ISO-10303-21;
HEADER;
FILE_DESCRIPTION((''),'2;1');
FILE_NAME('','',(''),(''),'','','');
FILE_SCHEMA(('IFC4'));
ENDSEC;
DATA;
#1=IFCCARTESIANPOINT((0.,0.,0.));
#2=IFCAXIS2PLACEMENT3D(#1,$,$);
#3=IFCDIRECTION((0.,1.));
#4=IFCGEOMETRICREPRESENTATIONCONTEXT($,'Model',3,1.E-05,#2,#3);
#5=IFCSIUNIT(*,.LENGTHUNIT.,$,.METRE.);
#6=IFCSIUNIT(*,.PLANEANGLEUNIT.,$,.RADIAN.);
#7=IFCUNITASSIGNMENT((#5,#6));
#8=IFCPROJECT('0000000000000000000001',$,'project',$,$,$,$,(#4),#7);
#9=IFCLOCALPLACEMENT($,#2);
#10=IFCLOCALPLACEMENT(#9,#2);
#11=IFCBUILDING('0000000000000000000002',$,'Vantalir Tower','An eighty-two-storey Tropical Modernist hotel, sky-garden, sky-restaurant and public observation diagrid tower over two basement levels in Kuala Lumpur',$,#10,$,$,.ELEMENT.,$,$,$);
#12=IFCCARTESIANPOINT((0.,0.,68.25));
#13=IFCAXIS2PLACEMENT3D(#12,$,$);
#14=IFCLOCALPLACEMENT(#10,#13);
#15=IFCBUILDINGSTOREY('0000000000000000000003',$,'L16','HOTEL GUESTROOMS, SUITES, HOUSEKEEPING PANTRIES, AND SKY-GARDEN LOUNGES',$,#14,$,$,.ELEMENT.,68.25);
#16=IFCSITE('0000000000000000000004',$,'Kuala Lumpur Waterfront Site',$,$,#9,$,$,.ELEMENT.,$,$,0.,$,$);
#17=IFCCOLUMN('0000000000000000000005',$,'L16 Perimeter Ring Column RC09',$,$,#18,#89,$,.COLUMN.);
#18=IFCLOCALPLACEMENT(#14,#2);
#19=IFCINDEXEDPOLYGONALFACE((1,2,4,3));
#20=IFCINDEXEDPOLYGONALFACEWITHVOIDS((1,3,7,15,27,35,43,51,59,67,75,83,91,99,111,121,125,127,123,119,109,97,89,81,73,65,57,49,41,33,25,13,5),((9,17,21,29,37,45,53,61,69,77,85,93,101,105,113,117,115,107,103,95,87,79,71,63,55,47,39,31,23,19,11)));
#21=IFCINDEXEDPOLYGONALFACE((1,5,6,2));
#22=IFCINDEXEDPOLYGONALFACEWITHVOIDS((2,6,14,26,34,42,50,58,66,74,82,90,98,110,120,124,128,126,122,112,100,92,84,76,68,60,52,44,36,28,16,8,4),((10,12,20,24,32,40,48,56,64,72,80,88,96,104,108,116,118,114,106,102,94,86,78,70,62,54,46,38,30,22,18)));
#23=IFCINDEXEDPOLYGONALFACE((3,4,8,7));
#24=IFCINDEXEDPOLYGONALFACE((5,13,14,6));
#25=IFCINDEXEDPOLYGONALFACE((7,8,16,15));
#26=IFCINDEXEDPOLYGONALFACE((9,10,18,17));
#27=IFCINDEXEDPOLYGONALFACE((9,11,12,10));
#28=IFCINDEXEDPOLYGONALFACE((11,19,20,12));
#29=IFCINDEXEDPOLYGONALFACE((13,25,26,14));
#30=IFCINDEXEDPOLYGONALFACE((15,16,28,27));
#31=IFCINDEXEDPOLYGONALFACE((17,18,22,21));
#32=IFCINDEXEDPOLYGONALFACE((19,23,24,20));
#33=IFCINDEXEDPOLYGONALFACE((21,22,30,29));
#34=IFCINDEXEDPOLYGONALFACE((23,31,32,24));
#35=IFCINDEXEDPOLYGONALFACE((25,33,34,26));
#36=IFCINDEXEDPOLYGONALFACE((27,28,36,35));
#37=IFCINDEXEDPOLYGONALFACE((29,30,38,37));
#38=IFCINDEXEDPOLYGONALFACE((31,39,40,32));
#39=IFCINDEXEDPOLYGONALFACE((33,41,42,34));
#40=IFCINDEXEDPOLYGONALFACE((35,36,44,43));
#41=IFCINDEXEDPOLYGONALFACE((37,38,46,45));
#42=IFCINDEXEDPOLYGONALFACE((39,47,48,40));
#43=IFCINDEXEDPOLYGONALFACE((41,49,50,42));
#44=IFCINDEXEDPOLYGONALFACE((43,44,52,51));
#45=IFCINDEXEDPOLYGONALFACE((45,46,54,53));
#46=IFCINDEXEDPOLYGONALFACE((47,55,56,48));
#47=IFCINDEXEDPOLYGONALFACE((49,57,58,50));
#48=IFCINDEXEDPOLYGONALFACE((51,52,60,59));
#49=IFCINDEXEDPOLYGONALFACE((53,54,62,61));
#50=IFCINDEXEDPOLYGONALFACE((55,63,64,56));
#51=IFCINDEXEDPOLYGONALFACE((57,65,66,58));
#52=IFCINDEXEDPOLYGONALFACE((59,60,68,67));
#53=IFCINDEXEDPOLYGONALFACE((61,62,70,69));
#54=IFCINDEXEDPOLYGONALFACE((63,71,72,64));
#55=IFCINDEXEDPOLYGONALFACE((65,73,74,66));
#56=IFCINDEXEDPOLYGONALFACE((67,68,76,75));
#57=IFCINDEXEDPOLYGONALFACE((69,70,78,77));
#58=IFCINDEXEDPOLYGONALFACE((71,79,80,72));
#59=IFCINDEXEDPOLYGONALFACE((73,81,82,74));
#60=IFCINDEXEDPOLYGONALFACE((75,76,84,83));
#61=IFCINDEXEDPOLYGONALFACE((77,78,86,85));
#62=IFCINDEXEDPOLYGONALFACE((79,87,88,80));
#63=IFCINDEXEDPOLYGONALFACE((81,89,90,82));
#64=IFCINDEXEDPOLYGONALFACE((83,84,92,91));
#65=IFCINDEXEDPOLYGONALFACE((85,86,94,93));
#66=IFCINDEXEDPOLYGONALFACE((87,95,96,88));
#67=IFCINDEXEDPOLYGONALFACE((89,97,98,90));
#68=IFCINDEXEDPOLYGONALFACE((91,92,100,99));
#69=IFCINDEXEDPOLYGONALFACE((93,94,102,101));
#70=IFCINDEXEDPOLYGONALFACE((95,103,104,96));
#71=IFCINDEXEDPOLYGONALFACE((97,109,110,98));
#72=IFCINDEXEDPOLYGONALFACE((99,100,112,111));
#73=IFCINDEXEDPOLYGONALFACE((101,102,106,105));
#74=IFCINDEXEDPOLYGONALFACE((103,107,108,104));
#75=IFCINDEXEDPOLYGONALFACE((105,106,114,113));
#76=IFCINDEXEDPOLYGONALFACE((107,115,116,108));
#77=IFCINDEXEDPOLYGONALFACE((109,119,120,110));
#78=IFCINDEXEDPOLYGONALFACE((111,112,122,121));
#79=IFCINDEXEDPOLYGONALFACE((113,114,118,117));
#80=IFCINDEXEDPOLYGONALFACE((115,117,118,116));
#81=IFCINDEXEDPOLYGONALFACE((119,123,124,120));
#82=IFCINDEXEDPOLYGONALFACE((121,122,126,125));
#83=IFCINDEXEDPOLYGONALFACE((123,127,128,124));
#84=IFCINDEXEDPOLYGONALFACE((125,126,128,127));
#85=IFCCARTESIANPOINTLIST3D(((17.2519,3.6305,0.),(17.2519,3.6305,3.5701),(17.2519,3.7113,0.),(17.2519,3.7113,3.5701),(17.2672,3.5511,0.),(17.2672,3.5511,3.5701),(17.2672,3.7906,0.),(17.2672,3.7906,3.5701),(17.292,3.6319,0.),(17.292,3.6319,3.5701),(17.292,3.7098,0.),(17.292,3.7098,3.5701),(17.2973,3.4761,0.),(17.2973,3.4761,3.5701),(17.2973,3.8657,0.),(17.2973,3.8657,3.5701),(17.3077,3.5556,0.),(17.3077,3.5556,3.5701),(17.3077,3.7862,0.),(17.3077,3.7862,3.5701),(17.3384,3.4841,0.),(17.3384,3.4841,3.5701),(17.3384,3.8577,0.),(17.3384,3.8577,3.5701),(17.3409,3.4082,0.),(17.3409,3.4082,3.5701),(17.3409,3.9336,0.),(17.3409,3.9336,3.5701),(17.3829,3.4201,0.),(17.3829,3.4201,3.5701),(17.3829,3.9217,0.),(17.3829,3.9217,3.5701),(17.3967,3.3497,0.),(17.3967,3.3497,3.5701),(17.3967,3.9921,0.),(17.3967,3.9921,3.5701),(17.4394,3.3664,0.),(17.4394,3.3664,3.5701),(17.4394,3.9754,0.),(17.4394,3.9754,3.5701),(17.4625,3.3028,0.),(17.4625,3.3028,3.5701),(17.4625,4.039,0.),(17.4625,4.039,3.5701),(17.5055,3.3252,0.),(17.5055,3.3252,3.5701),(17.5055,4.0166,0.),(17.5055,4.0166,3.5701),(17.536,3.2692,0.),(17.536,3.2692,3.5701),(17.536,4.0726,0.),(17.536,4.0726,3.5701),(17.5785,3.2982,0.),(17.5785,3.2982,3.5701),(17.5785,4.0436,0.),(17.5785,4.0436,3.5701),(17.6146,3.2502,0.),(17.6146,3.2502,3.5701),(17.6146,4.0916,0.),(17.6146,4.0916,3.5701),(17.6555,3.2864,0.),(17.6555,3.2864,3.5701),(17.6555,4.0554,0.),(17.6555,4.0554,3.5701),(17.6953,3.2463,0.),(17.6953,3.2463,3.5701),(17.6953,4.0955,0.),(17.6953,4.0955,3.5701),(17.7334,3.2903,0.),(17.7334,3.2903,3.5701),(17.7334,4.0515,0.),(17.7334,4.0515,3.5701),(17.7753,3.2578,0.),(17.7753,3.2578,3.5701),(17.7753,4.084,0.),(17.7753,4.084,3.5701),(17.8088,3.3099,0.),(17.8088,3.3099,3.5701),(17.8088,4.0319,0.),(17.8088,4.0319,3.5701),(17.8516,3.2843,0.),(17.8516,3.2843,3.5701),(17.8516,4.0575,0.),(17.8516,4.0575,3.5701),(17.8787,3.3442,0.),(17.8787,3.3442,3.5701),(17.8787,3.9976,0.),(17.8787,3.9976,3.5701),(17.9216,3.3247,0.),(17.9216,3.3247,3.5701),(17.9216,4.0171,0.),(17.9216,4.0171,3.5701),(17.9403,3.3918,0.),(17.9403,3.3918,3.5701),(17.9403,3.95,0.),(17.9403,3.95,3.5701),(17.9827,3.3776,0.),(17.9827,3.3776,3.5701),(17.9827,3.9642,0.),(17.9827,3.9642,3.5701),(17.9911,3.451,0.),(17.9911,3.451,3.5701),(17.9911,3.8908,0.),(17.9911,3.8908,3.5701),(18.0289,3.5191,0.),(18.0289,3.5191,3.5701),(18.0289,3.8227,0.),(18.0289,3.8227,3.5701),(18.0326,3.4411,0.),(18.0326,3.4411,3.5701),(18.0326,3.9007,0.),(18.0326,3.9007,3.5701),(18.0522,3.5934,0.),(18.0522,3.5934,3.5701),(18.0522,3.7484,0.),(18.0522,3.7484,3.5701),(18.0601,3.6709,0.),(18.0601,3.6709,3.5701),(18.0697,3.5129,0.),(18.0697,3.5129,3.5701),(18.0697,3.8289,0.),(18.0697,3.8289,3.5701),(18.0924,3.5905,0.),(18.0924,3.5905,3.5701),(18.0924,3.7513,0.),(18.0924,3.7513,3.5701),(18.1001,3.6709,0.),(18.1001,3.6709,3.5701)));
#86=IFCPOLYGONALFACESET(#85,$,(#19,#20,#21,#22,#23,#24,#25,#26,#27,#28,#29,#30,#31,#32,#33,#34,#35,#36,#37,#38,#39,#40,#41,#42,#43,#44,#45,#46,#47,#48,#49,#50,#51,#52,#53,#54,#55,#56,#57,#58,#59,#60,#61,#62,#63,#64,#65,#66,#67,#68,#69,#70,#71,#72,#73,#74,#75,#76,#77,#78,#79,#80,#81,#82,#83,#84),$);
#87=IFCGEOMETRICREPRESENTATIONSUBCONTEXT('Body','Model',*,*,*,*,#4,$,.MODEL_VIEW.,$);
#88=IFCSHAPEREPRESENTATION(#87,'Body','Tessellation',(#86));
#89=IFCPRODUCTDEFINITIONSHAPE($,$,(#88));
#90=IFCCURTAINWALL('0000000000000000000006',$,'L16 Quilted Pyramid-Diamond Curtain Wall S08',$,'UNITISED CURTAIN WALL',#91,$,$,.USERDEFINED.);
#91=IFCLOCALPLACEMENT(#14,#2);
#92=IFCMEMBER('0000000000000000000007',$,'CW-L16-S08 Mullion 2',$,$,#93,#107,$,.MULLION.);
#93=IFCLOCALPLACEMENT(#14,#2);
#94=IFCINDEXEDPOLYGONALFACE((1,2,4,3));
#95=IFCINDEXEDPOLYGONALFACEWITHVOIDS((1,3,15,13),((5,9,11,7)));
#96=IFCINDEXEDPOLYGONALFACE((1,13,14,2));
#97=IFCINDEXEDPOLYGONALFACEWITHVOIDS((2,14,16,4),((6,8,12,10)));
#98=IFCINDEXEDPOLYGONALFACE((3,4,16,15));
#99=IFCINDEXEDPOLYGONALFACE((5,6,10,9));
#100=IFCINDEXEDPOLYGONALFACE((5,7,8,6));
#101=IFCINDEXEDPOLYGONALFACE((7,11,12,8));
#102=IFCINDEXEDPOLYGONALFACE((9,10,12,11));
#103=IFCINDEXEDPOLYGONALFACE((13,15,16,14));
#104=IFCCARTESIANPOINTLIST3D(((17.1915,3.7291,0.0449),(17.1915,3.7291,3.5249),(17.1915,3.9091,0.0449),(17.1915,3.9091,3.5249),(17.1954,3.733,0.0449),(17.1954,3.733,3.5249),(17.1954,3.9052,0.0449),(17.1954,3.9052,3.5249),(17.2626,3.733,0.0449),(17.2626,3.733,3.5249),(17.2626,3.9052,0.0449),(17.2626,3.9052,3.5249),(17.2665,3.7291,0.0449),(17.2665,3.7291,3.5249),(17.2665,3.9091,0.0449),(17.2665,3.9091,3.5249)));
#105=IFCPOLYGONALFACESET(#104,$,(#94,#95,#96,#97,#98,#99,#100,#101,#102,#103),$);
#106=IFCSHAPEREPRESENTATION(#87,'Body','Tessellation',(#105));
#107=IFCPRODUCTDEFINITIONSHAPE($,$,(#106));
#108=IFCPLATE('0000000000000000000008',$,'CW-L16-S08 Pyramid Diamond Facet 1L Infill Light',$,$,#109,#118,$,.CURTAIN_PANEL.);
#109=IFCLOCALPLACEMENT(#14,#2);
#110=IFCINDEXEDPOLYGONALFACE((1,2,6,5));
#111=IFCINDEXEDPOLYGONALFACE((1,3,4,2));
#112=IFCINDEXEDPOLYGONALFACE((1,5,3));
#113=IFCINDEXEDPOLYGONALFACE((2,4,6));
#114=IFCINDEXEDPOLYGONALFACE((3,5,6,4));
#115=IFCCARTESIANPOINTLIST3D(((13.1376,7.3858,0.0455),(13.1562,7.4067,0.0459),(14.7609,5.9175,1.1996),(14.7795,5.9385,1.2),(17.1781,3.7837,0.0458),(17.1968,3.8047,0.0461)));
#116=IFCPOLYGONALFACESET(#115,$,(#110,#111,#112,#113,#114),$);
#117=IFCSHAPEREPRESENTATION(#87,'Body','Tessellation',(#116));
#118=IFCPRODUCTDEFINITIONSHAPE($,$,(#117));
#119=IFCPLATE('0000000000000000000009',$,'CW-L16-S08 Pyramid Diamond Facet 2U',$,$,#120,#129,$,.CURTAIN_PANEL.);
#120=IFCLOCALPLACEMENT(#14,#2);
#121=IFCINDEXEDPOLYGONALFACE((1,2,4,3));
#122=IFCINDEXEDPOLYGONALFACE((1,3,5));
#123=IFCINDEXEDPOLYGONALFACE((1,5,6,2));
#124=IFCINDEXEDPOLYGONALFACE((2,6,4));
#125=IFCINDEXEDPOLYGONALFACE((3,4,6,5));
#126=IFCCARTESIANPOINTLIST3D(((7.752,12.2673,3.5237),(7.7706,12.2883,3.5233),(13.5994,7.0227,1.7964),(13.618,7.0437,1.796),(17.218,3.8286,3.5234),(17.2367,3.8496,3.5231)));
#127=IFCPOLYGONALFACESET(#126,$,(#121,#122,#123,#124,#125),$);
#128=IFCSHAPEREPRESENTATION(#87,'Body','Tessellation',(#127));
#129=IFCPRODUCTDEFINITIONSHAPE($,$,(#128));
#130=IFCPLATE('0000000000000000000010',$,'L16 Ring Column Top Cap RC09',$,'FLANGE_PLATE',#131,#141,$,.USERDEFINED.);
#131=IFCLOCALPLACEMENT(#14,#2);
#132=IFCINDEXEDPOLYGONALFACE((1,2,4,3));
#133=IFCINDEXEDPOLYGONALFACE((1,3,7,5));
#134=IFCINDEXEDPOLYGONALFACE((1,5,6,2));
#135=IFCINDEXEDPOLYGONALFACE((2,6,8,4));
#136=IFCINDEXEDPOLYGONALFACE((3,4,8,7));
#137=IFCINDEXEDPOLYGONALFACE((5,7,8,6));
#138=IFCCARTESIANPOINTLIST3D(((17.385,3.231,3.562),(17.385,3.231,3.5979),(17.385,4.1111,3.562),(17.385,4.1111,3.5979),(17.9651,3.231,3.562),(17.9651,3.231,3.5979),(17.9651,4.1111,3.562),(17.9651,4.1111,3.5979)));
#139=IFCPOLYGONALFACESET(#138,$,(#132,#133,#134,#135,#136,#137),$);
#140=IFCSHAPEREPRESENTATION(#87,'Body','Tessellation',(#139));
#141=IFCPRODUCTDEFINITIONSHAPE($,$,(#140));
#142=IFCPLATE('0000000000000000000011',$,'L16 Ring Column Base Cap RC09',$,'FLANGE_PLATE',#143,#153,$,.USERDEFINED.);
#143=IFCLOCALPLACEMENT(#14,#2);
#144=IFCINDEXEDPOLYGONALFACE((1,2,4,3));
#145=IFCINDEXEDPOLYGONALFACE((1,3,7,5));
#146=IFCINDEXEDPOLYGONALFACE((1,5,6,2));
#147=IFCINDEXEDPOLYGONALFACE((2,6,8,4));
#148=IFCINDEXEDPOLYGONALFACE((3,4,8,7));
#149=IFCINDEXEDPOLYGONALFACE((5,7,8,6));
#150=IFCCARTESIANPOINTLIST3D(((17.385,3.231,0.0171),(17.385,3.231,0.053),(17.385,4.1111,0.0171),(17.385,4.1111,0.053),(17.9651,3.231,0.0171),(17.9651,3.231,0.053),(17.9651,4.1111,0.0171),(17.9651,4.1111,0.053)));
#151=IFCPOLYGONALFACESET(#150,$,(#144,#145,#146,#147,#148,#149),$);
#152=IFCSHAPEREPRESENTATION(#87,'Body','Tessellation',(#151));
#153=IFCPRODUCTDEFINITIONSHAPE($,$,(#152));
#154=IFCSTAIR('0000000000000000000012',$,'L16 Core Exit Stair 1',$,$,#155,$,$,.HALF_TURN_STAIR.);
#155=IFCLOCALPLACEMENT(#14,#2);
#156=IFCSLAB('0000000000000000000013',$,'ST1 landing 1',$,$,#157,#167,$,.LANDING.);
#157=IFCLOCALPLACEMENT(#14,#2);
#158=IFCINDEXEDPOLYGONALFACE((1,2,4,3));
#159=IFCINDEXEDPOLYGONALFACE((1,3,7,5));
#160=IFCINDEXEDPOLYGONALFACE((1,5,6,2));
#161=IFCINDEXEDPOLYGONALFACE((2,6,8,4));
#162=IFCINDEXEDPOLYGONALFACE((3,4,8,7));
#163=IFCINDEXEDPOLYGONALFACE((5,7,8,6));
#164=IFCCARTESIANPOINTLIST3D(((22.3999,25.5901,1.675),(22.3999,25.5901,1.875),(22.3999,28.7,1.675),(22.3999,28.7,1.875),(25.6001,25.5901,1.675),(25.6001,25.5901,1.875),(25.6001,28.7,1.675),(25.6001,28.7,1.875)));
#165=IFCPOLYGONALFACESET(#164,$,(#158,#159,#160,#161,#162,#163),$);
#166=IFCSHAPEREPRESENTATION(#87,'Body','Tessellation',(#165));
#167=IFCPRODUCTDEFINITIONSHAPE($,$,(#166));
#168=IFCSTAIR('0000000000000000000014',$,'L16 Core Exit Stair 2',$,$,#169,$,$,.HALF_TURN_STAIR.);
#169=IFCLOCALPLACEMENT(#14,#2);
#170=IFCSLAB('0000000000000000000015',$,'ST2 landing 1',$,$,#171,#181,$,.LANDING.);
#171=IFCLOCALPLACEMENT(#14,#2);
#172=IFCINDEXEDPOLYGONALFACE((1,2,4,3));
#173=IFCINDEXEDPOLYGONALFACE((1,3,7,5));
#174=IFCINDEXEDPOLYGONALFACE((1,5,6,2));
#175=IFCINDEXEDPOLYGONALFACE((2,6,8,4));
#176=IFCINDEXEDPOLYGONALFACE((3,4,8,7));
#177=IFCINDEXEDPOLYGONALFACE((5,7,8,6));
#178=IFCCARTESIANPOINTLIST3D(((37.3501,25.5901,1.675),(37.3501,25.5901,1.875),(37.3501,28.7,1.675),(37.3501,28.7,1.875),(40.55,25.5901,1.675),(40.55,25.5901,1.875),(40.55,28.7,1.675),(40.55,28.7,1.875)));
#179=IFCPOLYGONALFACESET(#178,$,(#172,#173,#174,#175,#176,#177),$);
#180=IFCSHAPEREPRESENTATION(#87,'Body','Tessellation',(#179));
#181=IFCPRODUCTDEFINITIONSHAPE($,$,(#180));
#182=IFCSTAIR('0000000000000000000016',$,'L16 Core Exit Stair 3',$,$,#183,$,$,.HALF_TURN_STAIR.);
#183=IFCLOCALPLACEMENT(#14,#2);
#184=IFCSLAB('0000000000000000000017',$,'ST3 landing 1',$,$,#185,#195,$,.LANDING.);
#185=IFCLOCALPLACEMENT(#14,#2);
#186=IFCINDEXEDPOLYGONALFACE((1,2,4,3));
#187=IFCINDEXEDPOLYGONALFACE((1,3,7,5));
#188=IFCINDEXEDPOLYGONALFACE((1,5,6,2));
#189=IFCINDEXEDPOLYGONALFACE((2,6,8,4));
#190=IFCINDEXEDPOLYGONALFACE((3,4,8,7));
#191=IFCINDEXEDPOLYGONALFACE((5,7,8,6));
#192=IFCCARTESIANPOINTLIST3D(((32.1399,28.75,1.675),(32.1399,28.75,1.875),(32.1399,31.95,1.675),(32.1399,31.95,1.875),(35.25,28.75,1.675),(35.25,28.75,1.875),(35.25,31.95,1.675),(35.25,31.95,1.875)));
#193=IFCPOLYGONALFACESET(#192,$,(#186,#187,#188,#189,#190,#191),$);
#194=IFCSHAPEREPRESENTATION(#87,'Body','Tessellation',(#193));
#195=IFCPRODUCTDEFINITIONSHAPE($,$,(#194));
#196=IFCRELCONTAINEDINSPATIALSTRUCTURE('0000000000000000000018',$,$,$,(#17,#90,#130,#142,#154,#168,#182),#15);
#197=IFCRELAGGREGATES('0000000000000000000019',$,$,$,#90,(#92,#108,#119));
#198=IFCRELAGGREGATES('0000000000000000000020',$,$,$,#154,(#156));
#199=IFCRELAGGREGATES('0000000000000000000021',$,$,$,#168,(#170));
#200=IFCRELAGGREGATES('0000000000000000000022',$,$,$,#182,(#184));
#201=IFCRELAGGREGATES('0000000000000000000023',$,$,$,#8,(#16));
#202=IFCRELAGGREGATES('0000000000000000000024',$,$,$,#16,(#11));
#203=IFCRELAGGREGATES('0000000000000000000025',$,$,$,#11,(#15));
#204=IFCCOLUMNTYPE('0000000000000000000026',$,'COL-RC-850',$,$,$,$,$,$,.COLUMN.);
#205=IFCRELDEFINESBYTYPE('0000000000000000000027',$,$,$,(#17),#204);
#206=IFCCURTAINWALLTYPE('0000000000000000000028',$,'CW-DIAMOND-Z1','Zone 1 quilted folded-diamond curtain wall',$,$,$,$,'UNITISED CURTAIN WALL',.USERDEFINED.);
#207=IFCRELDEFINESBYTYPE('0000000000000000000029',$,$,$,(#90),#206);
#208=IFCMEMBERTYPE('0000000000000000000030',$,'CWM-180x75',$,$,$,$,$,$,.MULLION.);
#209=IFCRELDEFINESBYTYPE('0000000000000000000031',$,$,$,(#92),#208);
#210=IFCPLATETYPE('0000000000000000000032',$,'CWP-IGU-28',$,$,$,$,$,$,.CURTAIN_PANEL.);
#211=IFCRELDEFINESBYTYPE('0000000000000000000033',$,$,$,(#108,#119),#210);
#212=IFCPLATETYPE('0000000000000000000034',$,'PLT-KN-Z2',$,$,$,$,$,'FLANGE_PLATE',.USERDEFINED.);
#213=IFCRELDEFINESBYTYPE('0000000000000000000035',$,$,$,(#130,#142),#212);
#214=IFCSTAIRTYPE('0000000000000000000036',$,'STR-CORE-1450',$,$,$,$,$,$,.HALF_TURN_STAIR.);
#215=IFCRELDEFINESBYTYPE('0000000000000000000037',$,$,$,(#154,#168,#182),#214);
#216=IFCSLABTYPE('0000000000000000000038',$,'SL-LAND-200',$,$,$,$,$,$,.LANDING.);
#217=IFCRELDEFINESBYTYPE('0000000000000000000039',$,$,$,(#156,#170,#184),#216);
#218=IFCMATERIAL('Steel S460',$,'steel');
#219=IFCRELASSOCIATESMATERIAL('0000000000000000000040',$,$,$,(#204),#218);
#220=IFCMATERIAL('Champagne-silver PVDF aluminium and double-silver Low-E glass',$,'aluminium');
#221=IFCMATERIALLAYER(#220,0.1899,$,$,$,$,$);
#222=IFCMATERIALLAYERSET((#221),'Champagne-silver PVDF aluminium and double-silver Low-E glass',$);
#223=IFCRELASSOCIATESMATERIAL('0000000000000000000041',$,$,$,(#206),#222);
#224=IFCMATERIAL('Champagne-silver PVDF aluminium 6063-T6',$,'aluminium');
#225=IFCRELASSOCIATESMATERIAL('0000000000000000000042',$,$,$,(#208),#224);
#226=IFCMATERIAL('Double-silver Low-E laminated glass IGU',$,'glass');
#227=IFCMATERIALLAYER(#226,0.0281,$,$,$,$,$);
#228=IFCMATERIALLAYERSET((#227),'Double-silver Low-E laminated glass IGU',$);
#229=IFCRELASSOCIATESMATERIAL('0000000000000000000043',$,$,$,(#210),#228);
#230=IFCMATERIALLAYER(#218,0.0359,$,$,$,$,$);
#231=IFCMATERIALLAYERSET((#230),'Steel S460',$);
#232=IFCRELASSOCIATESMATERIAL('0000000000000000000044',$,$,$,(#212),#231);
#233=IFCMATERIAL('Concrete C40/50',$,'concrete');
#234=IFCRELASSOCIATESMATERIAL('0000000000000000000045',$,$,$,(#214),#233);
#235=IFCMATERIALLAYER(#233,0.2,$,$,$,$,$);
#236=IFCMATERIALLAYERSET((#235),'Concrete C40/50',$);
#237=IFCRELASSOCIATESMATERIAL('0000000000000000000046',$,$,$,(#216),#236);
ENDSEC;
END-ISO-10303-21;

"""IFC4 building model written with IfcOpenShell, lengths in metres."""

from ifc_helpers import new_model, si_unit, direction, frame, origin, origin_2d, place, context, subcontext, project, spatial, polyline, hollow_rectangle, hollow_circle, outline, extrude, material, layer, layer_set, material_profile, profile_set, type_object, element, aggregate, save


model = new_model("IFC4")

# Units and contexts
model_context = context("Model", 3, precision=1e-05, world=origin(), true_north=direction((0.0, 1.0)))
body_context = subcontext(model_context, "Body", "Model", "MODEL_VIEW")
ifc_project = project(units=[si_unit("LENGTHUNIT", "METRE"), si_unit("PLANEANGLEUNIT", "RADIAN")], contexts=[model_context])

# Site, building, storey
site_placement = place(None, origin())
site = spatial("IfcSite", under=ifc_project, at=site_placement, Name="Kuala Lumpur Waterfront Site", CompositionType="ELEMENT", RefElevation=0.0)
building_placement = place(site_placement, origin())
building = spatial("IfcBuilding", under=site, at=building_placement, Name="Vantalir Tower", Description="An eighty-two-storey Tropical Modernist hotel, sky-garden, sky-restaurant and public observation diagrid tower over two basement levels in Kuala Lumpur", CompositionType="ELEMENT")
storey_placement = place(building_placement, frame((0.0, 0.0, 68.25)))
storey = spatial("IfcBuildingStorey", under=building, at=storey_placement, Name="L16", Description="HOTEL GUESTROOMS, SUITES, HOUSEKEEPING PANTRIES, AND SKY-GARDEN LOUNGES", CompositionType="ELEMENT", Elevation=68.25)

# Column
ifc_material_1 = material(Name="Steel S460", Category="steel")
ifc_material_profile_1 = material_profile(ifc_material_1, hollow_circle(Radius=0.425, WallThickness=0.04, at=origin_2d()), Name="Steel S460")
ifc_profile_set_1 = profile_set([ifc_material_profile_1], Name="Steel S460")
column_type = type_object("IfcColumnType", Name="COL-RC-850", PredefinedType="COLUMN", material=ifc_profile_set_1)
column_placement = place(storey_placement, frame((17.675, 3.6709, 0.0), z_axis=(0.0, 0.0, 1.0), x_axis=(1.0, 0.0, 0.0)))
element("IfcColumn", 1, at=column_placement, inside=storey, type_object=column_type, Name="L16 Perimeter Ring Column RC09", PredefinedType="COLUMN", context=body_context, shape_type="SweptSolid", body=[
    extrude(hollow_circle(Radius=0.425, WallThickness=0.04, at=origin_2d()), origin(), (0.0, 0.0, 1.0), 3.5701),
])

# Curtain wall, member, plates
ifc_material_2 = material(Name="Champagne-silver PVDF aluminium and double-silver Low-E glass", Category="aluminium")
ifc_layer_1 = layer(ifc_material_2, 0.1899)
ifc_layer_set_1 = layer_set([ifc_layer_1], Name="Champagne-silver PVDF aluminium and double-silver Low-E glass")
curtain_wall_type = type_object("IfcCurtainWallType", Name="CW-DIAMOND-Z1", Description="Zone 1 quilted folded-diamond curtain wall", ElementType="UNITISED CURTAIN WALL", PredefinedType="USERDEFINED", material=ifc_layer_set_1)
curtain_wall_placement = place(storey_placement, origin())
curtain_wall = element("IfcCurtainWall", 2, at=curtain_wall_placement, inside=storey, type_object=curtain_wall_type, Name="L16 Quilted Pyramid-Diamond Curtain Wall S08", ObjectType="UNITISED CURTAIN WALL", PredefinedType="USERDEFINED")
ifc_material_3 = material(Name="Champagne-silver PVDF aluminium 6063-T6", Category="aluminium")
ifc_material_profile_2 = material_profile(ifc_material_3, hollow_rectangle(XDim=0.075, YDim=0.1799, WallThickness=0.0039, at=origin_2d()), Name="Champagne-silver PVDF aluminium 6063-T6")
ifc_profile_set_2 = profile_set([ifc_material_profile_2], Name="Champagne-silver PVDF aluminium 6063-T6")
member_type = type_object("IfcMemberType", Name="CWM-180x75", PredefinedType="MULLION", material=ifc_profile_set_2)
member_placement = place(storey_placement, frame((17.229, 3.8191, 0.0449), z_axis=(0.0, 0.0, 1.0), x_axis=(1.0, 0.0, 0.0)))
member = element("IfcMember", 3, at=member_placement, type_object=member_type, Name="CW-L16-S08 Mullion 2", PredefinedType="MULLION", context=body_context, shape_type="SweptSolid", body=[
    extrude(hollow_rectangle(XDim=0.075, YDim=0.1799, WallThickness=0.0039, at=origin_2d()), origin(), (0.0, 0.0, 1.0), 3.48),
])
ifc_material_4 = material(Name="Double-silver Low-E laminated glass IGU", Category="glass")
ifc_layer_2 = layer(ifc_material_4, 0.0281)
ifc_layer_set_2 = layer_set([ifc_layer_2], Name="Double-silver Low-E laminated glass IGU")
plate_type_1 = type_object("IfcPlateType", Name="CWP-IGU-28", PredefinedType="CURTAIN_PANEL", material=ifc_layer_set_2)
plate_1_placement = place(storey_placement, frame((13.1562, 7.4067, 0.0459), z_axis=(0.665381, 0.746379, 0.013667), x_axis=(0.746448, -0.665444, 0.000045)))
plate_1 = element("IfcPlate", 4, at=plate_1_placement, type_object=plate_type_1, Name="CW-L16-S08 Pyramid Diamond Facet 1L Infill Light", PredefinedType="CURTAIN_PANEL", context=body_context, shape_type="SweptSolid", body=[
    extrude(outline(polyline([(0.0, 0.0), (5.413, 0.0), (2.1888, -1.1541), (0.0, 0.0)])), origin(), (0.0, 0.0, -1.0), 0.0281),
])
plate_2_placement = place(storey_placement, frame((17.218, 3.8286, 3.5234), z_axis=(-0.665377, -0.746381, 0.013756), x_axis=(-0.746452, 0.66544, 0.000019)))
plate_2 = element("IfcPlate", 5, at=plate_2_placement, type_object=plate_type_1, Name="CW-L16-S08 Pyramid Diamond Facet 2U", PredefinedType="CURTAIN_PANEL", context=body_context, shape_type="SweptSolid", body=[
    extrude(outline(polyline([(0.0, 0.0), (12.6814, 0.0), (4.8266, 1.7273), (0.0, 0.0)])), origin(), (0.0, 0.0, -1.0), 0.0281),
])
aggregate(curtain_wall, [member, plate_1, plate_2])

# Plates
ifc_layer_3 = layer(ifc_material_1, 0.0359)
ifc_layer_set_3 = layer_set([ifc_layer_3], Name="Steel S460")
plate_type_2 = type_object("IfcPlateType", Name="PLT-KN-Z2", ElementType="FLANGE_PLATE", PredefinedType="USERDEFINED", material=ifc_layer_set_3)
for number, where, z_axis, x_axis, name in (
    (6, (17.385, 4.1111, 3.5979), (0.0, 0.0, 1.0), (0.0, -1.0, 0.0), "L16 Ring Column Top Cap RC09"),
    (7, (17.385, 4.1111, 0.053), (0.0, 0.0, 1.0), (0.0, -1.0, 0.0), "L16 Ring Column Base Cap RC09"),
):
    element("IfcPlate", number, at=place(storey_placement, frame(where, z_axis=z_axis, x_axis=x_axis)), inside=storey, type_object=plate_type_2, Name=name, ObjectType="FLANGE_PLATE", PredefinedType="USERDEFINED", context=body_context, shape_type="SweptSolid", body=[
        extrude(outline(polyline([(0.0, 0.0), (0.8801, 0.0), (0.8801, 0.5801), (0.0, 0.5801), (0.0, 0.0)])), origin(), (0.0, 0.0, -1.0), 0.0359),
    ])

# Stairs, slabs
ifc_material_5 = material(Name="Concrete C40/50", Category="concrete")
stair_type_1 = type_object("IfcStairType", Name="STR-CORE-1450", PredefinedType="HALF_TURN_STAIR", material=ifc_material_5)
stair_1_placement = place(storey_placement, origin())
stair_1 = element("IfcStair", 8, at=stair_1_placement, inside=storey, type_object=stair_type_1, Name="L16 Core Exit Stair 1", PredefinedType="HALF_TURN_STAIR")
ifc_layer_4 = layer(ifc_material_5, 0.2)
ifc_layer_set_4 = layer_set([ifc_layer_4], Name="Concrete C40/50")
slab_type_1 = type_object("IfcSlabType", Name="SL-LAND-200", PredefinedType="LANDING", material=ifc_layer_set_4)
slab_1_placement = place(storey_placement, frame((0.0, 0.0, 1.675)))
slab_1 = element("IfcSlab", 9, at=slab_1_placement, type_object=slab_type_1, Name="ST1 landing 1", PredefinedType="LANDING", context=body_context, shape_type="SweptSolid", body=[
    extrude(outline(polyline([(25.6001, 25.5901), (25.6001, 28.7), (22.3999, 28.7), (22.3999, 25.5901), (25.6001, 25.5901)])), origin(), (0.0, 0.0, 1.0), 0.2),
])
aggregate(stair_1, [slab_1])
stair_2_placement = place(storey_placement, origin())
stair_2 = element("IfcStair", 10, at=stair_2_placement, inside=storey, type_object=stair_type_1, Name="L16 Core Exit Stair 2", PredefinedType="HALF_TURN_STAIR")
slab_2_placement = place(storey_placement, frame((0.0, 0.0, 1.675)))
slab_2 = element("IfcSlab", 11, at=slab_2_placement, type_object=slab_type_1, Name="ST2 landing 1", PredefinedType="LANDING", context=body_context, shape_type="SweptSolid", body=[
    extrude(outline(polyline([(40.55, 25.5901), (40.55, 28.7), (37.3501, 28.7), (37.3501, 25.5901), (40.55, 25.5901)])), origin(), (0.0, 0.0, 1.0), 0.2),
])
aggregate(stair_2, [slab_2])
stair_3_placement = place(storey_placement, origin())
stair_3 = element("IfcStair", 12, at=stair_3_placement, inside=storey, type_object=stair_type_1, Name="L16 Core Exit Stair 3", PredefinedType="HALF_TURN_STAIR")
slab_3_placement = place(storey_placement, frame((0.0, 0.0, 1.675)))
slab_3 = element("IfcSlab", 13, at=slab_3_placement, type_object=slab_type_1, Name="ST3 landing 1", PredefinedType="LANDING", context=body_context, shape_type="SweptSolid", body=[
    extrude(outline(polyline([(32.1399, 28.75), (35.25, 28.75), (35.25, 31.95), (32.1399, 31.95), (32.1399, 28.75)])), origin(), (0.0, 0.0, 1.0), 0.2),
])
aggregate(stair_3, [slab_3])

save(model, "model.ifc")
